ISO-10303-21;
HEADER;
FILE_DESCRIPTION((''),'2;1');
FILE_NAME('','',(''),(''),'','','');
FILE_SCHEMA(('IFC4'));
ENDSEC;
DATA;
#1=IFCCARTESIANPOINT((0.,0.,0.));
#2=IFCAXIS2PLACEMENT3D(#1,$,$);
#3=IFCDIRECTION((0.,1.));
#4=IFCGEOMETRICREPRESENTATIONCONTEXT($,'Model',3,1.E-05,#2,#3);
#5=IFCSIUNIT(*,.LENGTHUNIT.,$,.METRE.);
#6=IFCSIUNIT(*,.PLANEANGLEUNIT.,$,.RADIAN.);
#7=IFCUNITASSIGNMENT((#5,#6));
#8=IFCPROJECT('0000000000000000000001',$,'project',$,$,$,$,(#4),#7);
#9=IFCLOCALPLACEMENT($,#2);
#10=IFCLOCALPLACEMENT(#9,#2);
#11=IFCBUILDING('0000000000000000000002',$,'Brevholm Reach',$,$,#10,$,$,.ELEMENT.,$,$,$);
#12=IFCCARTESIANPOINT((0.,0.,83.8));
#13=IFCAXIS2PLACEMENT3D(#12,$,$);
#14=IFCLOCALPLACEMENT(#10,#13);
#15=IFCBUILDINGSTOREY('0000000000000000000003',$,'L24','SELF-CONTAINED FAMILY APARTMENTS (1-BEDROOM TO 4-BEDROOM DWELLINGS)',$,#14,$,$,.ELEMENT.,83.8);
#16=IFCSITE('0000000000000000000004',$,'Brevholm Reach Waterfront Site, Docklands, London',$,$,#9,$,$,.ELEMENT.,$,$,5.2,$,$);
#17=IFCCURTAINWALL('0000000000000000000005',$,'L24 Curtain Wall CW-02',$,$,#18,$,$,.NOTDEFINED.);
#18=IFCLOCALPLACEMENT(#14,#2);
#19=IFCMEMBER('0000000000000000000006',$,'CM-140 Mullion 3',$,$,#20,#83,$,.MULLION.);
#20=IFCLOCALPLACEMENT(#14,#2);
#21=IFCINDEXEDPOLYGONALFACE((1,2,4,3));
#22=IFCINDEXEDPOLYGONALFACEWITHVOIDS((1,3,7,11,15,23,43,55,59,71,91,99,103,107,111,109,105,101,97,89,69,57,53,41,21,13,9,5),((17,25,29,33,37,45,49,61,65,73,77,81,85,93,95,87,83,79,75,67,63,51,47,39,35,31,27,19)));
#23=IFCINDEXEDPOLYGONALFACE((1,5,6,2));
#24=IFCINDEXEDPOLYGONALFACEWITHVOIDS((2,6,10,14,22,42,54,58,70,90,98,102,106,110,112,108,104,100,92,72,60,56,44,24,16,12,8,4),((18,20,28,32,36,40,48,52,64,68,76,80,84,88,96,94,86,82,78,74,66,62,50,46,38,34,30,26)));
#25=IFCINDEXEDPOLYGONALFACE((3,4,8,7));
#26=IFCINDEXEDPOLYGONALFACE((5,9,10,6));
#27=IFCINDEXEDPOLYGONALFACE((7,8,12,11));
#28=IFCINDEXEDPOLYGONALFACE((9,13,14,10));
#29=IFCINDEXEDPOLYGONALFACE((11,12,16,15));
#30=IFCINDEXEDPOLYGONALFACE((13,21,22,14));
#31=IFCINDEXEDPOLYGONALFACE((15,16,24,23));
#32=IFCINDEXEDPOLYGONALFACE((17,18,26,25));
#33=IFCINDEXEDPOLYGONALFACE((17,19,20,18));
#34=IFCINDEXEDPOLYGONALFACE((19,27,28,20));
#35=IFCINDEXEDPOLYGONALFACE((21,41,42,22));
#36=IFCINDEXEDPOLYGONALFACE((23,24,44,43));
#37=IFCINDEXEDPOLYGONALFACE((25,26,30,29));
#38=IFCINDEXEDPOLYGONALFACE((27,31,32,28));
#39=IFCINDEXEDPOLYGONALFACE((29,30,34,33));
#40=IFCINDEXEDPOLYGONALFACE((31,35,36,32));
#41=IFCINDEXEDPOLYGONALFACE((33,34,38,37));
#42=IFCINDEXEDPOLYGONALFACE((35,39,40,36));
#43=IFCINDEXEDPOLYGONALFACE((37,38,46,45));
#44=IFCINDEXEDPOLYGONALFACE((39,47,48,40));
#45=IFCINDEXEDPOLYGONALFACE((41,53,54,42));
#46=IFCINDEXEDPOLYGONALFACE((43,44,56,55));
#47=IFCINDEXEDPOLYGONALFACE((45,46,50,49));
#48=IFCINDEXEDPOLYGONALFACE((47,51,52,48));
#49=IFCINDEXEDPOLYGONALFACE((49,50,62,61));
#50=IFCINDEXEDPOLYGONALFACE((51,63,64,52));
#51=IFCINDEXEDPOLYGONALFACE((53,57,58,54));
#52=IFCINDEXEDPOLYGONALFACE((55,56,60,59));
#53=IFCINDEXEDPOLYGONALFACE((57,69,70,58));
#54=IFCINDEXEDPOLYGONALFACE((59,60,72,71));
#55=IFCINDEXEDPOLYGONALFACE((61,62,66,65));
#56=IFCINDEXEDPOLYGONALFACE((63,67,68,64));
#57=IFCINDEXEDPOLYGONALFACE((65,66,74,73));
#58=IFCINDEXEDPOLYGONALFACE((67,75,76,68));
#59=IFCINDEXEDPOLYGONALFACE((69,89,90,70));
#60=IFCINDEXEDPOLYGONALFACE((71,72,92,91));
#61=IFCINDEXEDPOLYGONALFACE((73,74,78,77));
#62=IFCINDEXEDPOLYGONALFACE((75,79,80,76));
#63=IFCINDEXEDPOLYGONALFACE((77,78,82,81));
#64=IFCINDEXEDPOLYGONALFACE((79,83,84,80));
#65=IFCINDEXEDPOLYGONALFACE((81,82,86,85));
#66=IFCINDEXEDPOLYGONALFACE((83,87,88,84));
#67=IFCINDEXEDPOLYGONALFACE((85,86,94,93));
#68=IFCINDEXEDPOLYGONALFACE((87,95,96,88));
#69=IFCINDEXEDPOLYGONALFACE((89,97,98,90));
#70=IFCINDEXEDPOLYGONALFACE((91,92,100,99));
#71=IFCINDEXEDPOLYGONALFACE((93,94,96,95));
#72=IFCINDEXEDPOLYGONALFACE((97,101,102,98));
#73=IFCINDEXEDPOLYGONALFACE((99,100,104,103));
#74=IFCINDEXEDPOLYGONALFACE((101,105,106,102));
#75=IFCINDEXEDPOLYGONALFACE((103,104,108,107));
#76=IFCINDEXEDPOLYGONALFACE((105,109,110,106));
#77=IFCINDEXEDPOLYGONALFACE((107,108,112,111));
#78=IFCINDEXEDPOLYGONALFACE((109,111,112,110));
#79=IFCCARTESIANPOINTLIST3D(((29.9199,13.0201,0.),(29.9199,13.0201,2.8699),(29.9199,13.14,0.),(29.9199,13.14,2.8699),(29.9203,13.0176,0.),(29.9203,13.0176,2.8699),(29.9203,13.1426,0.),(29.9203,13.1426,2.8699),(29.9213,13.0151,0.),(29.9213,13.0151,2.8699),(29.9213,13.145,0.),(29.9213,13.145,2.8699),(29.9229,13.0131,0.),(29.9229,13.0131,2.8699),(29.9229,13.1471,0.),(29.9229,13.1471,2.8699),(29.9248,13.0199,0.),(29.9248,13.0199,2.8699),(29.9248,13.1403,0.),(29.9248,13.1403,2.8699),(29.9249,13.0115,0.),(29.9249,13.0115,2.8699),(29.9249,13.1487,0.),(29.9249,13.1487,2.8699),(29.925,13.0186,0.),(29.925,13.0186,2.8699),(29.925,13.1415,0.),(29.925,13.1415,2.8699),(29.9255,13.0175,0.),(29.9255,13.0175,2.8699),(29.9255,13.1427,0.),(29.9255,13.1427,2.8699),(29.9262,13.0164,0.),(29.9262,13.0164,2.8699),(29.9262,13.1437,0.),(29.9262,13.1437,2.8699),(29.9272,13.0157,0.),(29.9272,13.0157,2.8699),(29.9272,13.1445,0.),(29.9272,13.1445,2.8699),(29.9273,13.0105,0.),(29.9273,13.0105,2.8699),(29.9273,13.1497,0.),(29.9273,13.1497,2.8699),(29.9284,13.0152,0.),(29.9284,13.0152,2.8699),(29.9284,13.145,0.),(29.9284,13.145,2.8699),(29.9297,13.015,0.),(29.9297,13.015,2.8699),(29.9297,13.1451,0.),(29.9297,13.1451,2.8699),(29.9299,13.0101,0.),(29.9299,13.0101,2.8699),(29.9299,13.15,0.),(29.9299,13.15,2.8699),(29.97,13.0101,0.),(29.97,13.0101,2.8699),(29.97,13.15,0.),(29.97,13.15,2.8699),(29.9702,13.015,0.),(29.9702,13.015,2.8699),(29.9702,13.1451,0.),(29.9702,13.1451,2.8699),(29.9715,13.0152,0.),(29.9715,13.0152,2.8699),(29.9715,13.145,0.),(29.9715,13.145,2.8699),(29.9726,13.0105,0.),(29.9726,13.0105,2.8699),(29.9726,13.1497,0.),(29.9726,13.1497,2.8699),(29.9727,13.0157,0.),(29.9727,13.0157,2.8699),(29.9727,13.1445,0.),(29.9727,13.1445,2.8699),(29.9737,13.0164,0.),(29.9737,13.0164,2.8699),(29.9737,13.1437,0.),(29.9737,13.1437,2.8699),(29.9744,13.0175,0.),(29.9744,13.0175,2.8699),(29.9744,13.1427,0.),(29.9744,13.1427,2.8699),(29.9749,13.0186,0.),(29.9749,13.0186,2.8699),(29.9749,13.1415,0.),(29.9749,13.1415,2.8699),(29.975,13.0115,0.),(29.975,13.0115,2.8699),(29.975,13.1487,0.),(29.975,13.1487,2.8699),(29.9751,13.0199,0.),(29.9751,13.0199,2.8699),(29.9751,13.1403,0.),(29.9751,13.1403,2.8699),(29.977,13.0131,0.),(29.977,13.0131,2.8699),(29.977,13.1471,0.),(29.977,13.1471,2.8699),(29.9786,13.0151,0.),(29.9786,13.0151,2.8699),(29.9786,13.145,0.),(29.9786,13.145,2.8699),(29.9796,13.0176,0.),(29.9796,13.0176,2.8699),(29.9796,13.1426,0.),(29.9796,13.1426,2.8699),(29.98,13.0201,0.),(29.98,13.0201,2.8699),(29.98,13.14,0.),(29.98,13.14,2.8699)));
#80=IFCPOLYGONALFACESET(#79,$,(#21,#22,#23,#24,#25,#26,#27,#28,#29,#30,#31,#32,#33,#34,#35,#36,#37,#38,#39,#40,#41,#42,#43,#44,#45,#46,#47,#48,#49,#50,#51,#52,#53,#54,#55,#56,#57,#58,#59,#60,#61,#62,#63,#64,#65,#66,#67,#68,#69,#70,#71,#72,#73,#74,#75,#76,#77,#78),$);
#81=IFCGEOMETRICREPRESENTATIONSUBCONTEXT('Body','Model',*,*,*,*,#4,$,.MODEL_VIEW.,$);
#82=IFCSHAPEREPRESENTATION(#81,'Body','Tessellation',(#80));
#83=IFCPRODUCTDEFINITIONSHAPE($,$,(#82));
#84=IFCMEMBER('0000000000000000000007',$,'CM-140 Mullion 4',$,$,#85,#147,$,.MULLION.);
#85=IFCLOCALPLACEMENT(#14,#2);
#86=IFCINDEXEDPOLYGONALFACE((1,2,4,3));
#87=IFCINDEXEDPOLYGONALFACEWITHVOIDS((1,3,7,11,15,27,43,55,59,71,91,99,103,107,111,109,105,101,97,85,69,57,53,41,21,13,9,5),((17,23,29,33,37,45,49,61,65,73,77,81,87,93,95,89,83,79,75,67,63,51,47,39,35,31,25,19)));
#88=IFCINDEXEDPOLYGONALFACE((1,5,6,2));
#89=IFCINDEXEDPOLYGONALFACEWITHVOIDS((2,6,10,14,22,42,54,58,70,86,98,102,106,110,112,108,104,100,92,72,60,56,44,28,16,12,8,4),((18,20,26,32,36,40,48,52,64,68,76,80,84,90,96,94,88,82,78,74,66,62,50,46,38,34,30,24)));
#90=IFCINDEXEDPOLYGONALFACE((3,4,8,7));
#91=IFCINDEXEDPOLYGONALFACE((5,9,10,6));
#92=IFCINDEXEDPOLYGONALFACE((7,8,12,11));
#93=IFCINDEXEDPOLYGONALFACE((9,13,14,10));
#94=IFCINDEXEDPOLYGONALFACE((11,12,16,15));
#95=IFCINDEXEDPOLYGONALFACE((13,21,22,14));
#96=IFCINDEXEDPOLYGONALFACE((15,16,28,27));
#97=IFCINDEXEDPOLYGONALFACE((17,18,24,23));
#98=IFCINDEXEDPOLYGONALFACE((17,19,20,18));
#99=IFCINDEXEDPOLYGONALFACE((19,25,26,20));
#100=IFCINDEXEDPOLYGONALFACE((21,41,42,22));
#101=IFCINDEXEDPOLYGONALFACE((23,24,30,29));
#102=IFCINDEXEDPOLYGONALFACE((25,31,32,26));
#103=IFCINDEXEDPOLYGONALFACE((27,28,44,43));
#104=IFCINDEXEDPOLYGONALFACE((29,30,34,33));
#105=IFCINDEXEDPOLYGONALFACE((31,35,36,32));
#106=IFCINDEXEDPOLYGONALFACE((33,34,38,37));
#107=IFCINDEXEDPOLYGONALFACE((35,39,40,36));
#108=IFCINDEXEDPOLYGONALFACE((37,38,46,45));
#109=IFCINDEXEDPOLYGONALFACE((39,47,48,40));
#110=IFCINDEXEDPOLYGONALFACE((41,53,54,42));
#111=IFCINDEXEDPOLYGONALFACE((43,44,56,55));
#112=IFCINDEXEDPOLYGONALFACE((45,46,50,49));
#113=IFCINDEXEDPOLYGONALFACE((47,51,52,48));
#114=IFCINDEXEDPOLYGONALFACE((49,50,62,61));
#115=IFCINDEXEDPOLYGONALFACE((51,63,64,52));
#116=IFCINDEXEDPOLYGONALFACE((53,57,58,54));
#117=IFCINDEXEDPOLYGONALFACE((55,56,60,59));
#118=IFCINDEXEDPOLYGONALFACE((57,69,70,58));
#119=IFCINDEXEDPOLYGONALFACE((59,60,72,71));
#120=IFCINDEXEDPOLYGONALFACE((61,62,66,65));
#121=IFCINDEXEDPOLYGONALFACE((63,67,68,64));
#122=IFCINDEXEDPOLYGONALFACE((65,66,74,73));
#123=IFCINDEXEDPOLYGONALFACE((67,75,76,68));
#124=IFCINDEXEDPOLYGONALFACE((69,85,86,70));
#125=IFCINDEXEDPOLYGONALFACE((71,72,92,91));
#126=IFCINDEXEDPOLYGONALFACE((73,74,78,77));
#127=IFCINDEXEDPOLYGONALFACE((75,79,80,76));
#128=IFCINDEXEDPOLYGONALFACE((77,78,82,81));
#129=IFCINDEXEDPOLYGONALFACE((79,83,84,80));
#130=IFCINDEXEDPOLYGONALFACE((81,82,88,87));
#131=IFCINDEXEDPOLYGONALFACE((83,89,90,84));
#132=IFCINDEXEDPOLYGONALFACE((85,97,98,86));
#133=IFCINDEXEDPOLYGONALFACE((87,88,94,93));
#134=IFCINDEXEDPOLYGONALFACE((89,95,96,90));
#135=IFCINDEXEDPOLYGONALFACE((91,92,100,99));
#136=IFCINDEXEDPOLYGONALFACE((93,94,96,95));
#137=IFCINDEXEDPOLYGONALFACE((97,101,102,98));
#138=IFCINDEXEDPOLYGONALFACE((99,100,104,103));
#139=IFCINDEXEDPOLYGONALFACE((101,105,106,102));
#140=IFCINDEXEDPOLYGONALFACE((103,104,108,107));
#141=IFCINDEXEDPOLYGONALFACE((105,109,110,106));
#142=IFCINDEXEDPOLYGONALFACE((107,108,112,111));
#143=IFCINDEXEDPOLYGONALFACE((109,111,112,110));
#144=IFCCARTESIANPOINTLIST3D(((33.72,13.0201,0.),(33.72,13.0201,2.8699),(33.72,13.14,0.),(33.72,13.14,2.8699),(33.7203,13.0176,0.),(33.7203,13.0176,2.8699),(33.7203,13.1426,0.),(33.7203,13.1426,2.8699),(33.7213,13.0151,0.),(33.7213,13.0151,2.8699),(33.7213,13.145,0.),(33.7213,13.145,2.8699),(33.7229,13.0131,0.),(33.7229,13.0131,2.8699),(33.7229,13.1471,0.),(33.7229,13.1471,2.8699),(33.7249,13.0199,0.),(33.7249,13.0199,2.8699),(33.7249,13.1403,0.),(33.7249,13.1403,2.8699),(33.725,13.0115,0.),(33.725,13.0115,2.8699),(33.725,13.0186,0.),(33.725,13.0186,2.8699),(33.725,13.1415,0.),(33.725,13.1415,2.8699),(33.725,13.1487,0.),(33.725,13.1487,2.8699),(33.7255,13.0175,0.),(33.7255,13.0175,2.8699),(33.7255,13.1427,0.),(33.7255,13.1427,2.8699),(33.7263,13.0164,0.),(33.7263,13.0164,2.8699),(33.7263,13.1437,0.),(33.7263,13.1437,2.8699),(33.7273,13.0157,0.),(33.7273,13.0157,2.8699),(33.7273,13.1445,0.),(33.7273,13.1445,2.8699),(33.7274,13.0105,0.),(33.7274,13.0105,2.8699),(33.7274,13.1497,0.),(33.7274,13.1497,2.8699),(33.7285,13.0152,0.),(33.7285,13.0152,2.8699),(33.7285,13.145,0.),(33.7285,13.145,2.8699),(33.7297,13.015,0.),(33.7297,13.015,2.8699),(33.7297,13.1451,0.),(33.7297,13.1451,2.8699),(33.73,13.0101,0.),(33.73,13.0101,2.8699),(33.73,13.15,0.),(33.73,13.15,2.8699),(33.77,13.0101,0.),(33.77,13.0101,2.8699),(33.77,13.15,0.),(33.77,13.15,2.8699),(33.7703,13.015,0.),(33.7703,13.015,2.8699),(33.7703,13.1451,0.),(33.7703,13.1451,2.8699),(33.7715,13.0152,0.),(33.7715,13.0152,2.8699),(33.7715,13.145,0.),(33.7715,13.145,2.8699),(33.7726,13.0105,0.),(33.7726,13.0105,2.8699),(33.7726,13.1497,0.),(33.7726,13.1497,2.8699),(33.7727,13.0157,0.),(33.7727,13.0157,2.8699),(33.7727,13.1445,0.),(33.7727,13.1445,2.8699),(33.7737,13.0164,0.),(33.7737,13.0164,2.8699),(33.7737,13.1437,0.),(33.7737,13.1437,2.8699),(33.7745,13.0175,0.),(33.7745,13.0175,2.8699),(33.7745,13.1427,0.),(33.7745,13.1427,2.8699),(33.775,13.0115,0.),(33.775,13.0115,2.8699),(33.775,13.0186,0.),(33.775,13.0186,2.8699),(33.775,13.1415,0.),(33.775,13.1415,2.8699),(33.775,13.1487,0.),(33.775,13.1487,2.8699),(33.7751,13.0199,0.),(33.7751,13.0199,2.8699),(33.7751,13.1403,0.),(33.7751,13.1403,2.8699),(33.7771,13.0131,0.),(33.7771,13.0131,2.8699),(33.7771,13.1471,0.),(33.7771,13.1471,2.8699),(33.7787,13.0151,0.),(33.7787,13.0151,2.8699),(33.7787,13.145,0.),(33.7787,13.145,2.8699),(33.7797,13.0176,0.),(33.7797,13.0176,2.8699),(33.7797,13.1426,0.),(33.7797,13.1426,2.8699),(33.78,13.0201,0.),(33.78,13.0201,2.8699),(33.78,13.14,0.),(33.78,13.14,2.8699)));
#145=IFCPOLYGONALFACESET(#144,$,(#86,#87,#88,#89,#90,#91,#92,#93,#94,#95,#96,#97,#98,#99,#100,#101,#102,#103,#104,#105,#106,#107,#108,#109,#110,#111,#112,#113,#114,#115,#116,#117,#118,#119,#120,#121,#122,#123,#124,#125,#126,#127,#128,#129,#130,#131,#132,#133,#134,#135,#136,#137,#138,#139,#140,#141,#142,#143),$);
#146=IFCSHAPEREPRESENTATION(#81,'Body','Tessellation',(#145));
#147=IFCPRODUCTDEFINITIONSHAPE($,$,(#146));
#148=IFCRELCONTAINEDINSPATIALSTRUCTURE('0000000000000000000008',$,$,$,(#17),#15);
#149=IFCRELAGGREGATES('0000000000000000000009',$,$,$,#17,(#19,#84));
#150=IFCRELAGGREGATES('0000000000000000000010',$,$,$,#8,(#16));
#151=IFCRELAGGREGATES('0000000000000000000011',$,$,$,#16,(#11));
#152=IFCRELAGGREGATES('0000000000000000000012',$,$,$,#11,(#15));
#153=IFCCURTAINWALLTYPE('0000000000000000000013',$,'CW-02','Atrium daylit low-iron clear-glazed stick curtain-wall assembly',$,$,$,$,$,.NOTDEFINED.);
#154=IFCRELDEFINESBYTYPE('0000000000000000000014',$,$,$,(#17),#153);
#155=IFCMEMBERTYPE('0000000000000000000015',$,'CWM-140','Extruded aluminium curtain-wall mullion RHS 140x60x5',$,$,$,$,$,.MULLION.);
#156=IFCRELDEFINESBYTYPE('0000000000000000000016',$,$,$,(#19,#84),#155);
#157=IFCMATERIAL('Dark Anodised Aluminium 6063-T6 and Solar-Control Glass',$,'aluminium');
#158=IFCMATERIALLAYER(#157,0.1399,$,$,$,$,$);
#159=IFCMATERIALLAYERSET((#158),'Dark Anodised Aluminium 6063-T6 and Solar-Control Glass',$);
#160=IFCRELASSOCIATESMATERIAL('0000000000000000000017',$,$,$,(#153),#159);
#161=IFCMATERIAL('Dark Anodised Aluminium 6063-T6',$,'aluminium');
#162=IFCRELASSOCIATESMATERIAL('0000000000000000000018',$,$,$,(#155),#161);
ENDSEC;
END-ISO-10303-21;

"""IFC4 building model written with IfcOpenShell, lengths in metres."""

from ifc_helpers import new_model, si_unit, direction, frame, origin, origin_2d, place, context, subcontext, project, spatial, hollow_rectangle, extrude, material, layer, layer_set, material_profile, profile_set, type_object, element, aggregate, save


model = new_model("IFC4")

# Units and contexts
model_context = context("Model", 3, precision=1e-05, world=origin(), true_north=direction((0.0, 1.0)))
body_context = subcontext(model_context, "Body", "Model", "MODEL_VIEW")
ifc_project = project(units=[si_unit("LENGTHUNIT", "METRE"), si_unit("PLANEANGLEUNIT", "RADIAN")], contexts=[model_context])

# Site, building, storey
site_placement = place(None, origin())
site = spatial("IfcSite", under=ifc_project, at=site_placement, Name="Brevholm Reach Waterfront Site, Docklands, London", CompositionType="ELEMENT", RefElevation=5.2)
building_placement = place(site_placement, origin())
building = spatial("IfcBuilding", under=site, at=building_placement, Name="Brevholm Reach", CompositionType="ELEMENT")
storey_placement = place(building_placement, frame((0.0, 0.0, 83.8)))
storey = spatial("IfcBuildingStorey", under=building, at=storey_placement, Name="L24", Description="SELF-CONTAINED FAMILY APARTMENTS (1-BEDROOM TO 4-BEDROOM DWELLINGS)", CompositionType="ELEMENT", Elevation=83.8)

# Curtain wall, members
ifc_material_1 = material(Name="Dark Anodised Aluminium 6063-T6 and Solar-Control Glass", Category="aluminium")
ifc_layer_1 = layer(ifc_material_1, 0.1399)
ifc_layer_set_1 = layer_set([ifc_layer_1], Name="Dark Anodised Aluminium 6063-T6 and Solar-Control Glass")
curtain_wall_type = type_object("IfcCurtainWallType", Name="CW-02", Description="Atrium daylit low-iron clear-glazed stick curtain-wall assembly", PredefinedType="NOTDEFINED", material=ifc_layer_set_1)
curtain_wall_placement = place(storey_placement, origin())
curtain_wall = element("IfcCurtainWall", 1, at=curtain_wall_placement, inside=storey, type_object=curtain_wall_type, Name="L24 Curtain Wall CW-02", PredefinedType="NOTDEFINED")
ifc_material_2 = material(Name="Dark Anodised Aluminium 6063-T6", Category="aluminium")
ifc_material_profile_1 = material_profile(ifc_material_2, hollow_rectangle(XDim=0.0601, YDim=0.1399, WallThickness=0.0049, InnerFilletRadius=0.0049, OuterFilletRadius=0.01, at=origin_2d()), Name="RHS 140x60x5")
ifc_profile_set_1 = profile_set([ifc_material_profile_1], Name="Dark Anodised Aluminium 6063-T6")
member_type_1 = type_object("IfcMemberType", Name="CWM-140", Description="Extruded aluminium curtain-wall mullion RHS 140x60x5", PredefinedType="MULLION", material=ifc_profile_set_1)
member_1_placement = place(storey_placement, frame((29.95, 13.0801, 0.0), z_axis=(0.0, 0.0, 1.0), x_axis=(1.0, 0.0, 0.0)))
member_1 = element("IfcMember", 2, at=member_1_placement, type_object=member_type_1, Name="CM-140 Mullion 3", PredefinedType="MULLION", context=body_context, shape_type="SweptSolid", body=[
    extrude(hollow_rectangle(XDim=0.0601, YDim=0.1399, WallThickness=0.0049, InnerFilletRadius=0.0049, OuterFilletRadius=0.01, at=origin_2d()), origin(), (0.0, 0.0, 1.0), 2.8699),
])
member_2_placement = place(storey_placement, frame((33.75, 13.0801, 0.0), z_axis=(0.0, 0.0, 1.0), x_axis=(1.0, 0.0, 0.0)))
member_2 = element("IfcMember", 3, at=member_2_placement, type_object=member_type_1, Name="CM-140 Mullion 4", PredefinedType="MULLION", context=body_context, shape_type="SweptSolid", body=[
    extrude(hollow_rectangle(XDim=0.0601, YDim=0.1399, WallThickness=0.0049, InnerFilletRadius=0.0049, OuterFilletRadius=0.01, at=origin_2d()), origin(), (0.0, 0.0, 1.0), 2.8699),
])
aggregate(curtain_wall, [member_1, member_2])

save(model, "model.ifc")
